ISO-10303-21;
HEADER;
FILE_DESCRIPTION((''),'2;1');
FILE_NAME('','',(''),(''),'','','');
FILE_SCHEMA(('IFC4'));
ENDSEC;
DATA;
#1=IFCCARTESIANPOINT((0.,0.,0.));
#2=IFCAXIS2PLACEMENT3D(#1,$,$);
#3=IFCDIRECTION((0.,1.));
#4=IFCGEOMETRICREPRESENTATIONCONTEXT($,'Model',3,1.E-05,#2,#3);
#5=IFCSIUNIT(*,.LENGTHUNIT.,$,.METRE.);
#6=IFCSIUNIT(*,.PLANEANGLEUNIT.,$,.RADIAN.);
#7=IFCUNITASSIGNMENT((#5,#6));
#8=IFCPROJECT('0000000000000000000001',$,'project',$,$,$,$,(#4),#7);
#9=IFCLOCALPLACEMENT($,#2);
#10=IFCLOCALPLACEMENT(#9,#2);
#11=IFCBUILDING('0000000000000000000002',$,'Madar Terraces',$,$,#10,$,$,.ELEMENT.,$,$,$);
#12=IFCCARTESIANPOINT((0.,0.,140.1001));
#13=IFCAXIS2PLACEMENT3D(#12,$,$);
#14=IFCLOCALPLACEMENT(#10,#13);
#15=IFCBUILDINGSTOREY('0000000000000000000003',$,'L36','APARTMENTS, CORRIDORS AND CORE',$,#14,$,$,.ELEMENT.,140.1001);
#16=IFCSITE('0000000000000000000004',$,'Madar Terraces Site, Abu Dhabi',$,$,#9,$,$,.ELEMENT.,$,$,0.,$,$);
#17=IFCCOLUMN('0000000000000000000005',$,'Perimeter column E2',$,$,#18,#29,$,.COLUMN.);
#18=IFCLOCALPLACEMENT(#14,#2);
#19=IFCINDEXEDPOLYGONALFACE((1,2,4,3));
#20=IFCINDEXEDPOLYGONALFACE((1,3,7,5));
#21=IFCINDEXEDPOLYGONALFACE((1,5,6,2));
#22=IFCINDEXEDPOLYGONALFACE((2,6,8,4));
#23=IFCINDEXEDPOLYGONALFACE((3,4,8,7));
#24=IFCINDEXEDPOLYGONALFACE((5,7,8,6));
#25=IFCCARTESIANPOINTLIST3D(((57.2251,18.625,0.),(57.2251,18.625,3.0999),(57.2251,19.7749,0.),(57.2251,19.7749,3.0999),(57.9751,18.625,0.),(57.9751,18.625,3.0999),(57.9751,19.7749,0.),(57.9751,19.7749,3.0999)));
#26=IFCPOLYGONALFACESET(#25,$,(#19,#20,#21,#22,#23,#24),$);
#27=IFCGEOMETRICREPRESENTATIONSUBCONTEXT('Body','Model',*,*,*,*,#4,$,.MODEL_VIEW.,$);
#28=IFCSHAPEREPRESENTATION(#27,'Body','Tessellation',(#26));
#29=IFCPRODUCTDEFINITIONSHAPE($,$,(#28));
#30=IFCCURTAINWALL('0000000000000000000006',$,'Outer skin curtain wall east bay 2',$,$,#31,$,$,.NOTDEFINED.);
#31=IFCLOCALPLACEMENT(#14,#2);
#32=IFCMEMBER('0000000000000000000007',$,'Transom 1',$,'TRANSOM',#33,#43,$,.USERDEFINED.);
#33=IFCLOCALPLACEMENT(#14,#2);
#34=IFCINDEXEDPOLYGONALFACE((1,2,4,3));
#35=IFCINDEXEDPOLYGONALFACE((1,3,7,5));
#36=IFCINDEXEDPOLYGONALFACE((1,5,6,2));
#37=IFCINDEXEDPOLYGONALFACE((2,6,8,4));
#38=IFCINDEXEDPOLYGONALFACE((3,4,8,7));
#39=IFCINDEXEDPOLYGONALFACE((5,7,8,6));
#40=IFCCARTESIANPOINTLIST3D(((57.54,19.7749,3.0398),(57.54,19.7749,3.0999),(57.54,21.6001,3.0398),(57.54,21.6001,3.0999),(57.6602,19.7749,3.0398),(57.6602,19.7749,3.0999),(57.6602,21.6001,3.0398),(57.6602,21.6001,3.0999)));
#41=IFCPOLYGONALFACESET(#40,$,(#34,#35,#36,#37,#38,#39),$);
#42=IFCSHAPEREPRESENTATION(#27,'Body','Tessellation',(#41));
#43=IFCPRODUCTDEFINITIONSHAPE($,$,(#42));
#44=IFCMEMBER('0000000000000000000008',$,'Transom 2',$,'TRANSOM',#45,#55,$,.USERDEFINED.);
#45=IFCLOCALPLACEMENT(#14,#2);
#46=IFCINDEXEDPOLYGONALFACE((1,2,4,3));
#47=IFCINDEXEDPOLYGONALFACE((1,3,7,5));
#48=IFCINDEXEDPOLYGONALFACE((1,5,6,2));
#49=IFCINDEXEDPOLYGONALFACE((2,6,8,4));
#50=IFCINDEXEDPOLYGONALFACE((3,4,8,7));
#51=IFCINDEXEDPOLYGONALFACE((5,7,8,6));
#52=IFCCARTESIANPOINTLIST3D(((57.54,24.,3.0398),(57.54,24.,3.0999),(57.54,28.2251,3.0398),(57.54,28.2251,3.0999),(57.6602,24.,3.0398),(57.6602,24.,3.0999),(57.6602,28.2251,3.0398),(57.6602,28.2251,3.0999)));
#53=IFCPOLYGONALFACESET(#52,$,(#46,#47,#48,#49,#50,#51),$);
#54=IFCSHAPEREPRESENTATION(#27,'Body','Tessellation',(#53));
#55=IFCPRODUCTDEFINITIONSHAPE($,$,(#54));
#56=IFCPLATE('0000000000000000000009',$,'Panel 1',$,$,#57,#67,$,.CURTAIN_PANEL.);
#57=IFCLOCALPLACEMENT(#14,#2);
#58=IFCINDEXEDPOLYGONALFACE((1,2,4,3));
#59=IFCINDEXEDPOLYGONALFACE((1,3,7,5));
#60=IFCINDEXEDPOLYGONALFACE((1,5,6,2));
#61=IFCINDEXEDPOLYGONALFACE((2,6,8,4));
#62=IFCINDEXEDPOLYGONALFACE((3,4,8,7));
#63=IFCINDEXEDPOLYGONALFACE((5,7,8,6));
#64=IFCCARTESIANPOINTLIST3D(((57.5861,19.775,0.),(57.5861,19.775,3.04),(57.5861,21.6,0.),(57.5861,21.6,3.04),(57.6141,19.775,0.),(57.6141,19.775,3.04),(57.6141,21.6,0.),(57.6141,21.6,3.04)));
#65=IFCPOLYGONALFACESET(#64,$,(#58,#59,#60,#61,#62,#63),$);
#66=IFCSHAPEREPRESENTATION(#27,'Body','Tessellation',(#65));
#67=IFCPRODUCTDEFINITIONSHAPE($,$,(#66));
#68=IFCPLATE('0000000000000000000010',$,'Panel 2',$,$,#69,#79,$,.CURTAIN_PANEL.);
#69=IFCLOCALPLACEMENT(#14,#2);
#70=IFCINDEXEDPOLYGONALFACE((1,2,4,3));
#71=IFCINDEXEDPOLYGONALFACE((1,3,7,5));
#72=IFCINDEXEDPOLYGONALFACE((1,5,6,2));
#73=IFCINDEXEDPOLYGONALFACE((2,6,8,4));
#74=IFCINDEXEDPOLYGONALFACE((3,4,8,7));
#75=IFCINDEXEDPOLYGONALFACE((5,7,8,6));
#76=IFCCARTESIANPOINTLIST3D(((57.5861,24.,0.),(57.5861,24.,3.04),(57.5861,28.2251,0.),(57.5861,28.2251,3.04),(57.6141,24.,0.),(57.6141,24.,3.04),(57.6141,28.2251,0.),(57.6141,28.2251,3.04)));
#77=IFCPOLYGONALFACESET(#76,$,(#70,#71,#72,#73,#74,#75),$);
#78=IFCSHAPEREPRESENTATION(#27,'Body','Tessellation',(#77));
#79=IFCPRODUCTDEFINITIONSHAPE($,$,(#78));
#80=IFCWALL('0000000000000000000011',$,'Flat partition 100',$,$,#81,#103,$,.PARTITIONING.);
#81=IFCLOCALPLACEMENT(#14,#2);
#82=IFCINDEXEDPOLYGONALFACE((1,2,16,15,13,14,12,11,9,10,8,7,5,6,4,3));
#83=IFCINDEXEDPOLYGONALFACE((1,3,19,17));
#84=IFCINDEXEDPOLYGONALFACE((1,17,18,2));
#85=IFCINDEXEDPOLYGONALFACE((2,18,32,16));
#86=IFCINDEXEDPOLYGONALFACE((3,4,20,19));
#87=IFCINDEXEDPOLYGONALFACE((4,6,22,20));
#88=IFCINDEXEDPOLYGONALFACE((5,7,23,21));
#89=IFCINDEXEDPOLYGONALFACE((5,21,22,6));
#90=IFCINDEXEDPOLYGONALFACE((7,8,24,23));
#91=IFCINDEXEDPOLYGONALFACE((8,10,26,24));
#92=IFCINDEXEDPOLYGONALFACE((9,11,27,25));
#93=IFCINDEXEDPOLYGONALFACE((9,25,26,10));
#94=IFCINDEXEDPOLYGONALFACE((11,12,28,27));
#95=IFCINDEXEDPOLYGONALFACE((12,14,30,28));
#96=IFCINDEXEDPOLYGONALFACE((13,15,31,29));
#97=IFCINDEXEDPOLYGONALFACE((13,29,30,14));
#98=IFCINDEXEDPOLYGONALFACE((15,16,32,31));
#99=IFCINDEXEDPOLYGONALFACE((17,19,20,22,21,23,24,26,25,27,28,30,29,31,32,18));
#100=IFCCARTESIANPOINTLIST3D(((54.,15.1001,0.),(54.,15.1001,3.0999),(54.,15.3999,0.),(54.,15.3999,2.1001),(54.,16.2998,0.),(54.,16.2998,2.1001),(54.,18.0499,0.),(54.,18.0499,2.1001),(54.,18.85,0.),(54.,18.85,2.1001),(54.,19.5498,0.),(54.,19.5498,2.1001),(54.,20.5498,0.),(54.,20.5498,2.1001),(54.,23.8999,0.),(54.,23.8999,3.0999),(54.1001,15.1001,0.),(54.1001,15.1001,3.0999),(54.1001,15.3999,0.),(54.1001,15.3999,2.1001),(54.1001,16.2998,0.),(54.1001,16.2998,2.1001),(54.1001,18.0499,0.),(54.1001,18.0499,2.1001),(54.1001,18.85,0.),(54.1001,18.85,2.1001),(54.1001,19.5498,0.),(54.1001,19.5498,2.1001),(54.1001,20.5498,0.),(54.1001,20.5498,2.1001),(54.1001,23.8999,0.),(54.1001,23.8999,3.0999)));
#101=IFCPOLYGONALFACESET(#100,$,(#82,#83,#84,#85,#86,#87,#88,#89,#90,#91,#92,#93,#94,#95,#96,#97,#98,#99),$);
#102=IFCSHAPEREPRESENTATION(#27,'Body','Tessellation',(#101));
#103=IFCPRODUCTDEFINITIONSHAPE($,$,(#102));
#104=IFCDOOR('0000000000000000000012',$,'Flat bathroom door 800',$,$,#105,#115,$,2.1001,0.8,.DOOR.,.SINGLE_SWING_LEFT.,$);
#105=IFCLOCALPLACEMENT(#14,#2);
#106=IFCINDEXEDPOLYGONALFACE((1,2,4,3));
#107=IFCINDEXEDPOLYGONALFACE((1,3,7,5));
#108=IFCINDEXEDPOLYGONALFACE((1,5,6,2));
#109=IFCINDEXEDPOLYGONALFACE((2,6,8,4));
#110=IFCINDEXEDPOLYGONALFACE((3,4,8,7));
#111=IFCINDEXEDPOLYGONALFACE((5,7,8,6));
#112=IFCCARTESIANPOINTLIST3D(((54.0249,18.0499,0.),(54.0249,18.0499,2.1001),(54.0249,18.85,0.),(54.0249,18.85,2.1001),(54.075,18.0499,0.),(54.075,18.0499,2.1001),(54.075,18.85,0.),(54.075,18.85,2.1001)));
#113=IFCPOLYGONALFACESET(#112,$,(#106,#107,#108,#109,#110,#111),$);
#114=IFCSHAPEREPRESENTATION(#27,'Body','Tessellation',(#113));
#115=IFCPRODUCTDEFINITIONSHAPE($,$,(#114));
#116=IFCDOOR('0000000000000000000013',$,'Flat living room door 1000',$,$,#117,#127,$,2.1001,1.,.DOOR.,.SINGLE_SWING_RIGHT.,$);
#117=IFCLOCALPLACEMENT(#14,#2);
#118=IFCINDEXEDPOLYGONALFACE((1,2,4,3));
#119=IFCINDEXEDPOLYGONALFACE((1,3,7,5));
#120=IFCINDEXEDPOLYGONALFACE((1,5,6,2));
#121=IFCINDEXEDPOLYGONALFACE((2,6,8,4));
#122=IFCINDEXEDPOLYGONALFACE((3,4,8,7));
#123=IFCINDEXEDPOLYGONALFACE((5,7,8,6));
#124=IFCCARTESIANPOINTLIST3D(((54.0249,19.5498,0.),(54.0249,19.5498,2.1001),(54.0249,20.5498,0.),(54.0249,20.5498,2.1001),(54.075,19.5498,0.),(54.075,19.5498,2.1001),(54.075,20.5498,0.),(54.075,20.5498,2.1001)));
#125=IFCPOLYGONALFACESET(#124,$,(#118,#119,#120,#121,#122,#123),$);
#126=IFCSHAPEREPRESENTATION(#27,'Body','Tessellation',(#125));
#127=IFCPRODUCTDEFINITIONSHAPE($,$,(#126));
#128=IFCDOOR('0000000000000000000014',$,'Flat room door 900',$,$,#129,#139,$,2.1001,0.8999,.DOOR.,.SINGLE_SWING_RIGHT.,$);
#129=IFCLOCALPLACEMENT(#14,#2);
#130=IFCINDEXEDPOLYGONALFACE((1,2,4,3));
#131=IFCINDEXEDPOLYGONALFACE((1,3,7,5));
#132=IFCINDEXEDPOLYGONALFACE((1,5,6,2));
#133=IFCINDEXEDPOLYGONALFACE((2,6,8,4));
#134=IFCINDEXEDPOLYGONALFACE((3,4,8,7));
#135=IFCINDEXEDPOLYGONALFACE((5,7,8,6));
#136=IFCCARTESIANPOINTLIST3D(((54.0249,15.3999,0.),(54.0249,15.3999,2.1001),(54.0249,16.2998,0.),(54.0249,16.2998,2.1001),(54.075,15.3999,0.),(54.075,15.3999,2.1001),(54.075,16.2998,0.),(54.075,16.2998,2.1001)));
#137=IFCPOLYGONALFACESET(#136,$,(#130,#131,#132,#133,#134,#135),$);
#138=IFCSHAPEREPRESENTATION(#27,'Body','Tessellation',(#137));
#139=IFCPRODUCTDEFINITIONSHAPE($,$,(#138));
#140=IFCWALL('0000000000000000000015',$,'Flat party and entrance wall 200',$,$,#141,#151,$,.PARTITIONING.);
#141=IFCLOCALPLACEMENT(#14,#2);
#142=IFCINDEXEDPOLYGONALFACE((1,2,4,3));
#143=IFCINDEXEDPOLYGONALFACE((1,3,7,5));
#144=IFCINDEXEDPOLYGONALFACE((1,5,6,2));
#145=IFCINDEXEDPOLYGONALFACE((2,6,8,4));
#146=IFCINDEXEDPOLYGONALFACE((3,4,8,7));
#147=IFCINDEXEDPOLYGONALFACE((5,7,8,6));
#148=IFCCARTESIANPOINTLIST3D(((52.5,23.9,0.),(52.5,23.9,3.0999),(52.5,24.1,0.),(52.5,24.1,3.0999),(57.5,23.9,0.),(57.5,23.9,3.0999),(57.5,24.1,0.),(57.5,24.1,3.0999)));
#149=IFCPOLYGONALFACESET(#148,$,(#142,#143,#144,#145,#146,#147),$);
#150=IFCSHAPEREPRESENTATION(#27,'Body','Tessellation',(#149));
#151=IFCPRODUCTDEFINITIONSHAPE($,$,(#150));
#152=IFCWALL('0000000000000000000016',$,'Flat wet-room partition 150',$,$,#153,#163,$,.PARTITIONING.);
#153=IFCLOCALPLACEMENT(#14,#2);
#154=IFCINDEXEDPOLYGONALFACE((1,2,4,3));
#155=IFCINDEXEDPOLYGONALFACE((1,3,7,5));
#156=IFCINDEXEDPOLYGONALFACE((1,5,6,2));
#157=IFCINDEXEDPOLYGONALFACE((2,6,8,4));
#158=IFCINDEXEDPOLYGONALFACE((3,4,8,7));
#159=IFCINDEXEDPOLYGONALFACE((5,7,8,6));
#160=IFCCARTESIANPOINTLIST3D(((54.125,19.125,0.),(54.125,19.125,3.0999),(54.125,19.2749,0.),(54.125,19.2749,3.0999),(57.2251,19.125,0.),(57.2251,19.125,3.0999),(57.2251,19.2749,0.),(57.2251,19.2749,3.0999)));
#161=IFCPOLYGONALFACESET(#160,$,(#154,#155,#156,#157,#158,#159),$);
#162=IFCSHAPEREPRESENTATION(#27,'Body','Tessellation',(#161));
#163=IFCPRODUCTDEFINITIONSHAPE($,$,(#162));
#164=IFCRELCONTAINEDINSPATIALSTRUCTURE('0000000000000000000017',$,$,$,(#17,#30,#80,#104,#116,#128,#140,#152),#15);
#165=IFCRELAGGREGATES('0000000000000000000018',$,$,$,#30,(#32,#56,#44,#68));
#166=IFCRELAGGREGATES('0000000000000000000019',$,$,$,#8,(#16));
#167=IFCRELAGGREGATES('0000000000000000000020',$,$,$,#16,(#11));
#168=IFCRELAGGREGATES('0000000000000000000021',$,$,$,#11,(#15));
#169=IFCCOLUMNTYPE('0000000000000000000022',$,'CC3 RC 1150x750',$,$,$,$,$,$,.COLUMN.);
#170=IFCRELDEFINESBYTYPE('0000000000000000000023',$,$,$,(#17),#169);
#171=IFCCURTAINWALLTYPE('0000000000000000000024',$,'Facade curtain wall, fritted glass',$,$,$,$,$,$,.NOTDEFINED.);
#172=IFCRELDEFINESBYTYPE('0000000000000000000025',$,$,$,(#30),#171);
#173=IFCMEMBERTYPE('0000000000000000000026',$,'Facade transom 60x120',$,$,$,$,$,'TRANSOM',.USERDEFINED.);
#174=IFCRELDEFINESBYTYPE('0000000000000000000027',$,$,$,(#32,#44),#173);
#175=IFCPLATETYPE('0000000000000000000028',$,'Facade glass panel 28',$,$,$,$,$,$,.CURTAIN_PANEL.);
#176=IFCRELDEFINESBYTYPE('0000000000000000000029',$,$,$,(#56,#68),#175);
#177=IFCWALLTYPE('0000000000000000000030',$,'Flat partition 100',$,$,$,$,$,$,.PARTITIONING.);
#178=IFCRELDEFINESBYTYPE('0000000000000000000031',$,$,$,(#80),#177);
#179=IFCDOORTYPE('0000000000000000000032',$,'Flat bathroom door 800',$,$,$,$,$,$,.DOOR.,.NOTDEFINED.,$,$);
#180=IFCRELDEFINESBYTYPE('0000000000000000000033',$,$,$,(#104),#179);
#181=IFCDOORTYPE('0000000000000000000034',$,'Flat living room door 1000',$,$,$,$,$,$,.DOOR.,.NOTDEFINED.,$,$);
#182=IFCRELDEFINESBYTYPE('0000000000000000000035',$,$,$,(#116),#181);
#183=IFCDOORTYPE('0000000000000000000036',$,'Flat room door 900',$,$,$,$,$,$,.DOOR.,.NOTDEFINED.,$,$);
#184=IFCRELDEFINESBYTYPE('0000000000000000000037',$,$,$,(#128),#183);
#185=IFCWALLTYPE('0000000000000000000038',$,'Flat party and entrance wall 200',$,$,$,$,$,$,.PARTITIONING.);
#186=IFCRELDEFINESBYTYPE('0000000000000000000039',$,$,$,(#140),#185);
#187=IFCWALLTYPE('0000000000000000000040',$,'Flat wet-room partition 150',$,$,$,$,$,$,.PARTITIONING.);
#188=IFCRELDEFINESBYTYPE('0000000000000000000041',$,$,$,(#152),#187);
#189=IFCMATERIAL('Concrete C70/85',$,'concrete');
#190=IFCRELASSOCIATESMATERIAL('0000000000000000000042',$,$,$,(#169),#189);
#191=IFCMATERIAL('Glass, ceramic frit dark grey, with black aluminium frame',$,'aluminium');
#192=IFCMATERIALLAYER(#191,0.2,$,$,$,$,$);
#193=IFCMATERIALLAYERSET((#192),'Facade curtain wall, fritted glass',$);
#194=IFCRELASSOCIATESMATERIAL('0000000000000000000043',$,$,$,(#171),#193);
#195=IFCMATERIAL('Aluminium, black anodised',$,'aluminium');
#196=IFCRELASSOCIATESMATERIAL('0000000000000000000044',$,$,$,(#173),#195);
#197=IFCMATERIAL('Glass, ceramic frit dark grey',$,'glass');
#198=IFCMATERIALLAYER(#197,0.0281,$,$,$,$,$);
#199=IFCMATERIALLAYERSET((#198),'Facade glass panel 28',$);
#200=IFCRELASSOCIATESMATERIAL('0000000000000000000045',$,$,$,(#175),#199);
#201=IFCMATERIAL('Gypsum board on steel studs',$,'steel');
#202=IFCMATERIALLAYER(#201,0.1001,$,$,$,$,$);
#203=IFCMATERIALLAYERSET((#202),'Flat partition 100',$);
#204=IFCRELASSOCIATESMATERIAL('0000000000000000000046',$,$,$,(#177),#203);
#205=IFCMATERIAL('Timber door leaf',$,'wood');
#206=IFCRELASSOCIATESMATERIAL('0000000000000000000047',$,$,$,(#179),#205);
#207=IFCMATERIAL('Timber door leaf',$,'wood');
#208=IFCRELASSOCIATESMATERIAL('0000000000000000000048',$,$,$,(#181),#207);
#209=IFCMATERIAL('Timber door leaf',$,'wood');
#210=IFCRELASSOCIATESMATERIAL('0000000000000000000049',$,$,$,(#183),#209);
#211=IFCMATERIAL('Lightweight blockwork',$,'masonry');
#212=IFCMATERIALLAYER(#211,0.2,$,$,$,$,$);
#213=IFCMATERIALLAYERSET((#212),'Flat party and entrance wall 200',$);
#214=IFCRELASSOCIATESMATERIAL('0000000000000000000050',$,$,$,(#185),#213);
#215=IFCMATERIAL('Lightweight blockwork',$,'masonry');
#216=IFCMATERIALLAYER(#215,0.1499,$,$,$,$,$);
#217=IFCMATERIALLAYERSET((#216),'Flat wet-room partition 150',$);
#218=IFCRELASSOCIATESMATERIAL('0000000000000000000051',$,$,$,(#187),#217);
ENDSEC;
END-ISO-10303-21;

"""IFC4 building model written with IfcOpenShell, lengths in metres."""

from ifc_helpers import new_model, si_unit, direction, frame, frame_2d, origin, origin_2d, place, context, subcontext, project, spatial, rectangle, extrude, material, layer, layer_set, material_profile, profile_set, type_object, element, fill, aggregate, save


model = new_model("IFC4")

# Units and contexts
model_context = context("Model", 3, precision=1e-05, world=origin(), true_north=direction((0.0, 1.0)))
body_context = subcontext(model_context, "Body", "Model", "MODEL_VIEW")
ifc_project = project(units=[si_unit("LENGTHUNIT", "METRE"), si_unit("PLANEANGLEUNIT", "RADIAN")], contexts=[model_context])

# Site, building, storey
site_placement = place(None, origin())
site = spatial("IfcSite", under=ifc_project, at=site_placement, Name="Madar Terraces Site, Abu Dhabi", CompositionType="ELEMENT", RefElevation=0.0)
building_placement = place(site_placement, origin())
building = spatial("IfcBuilding", under=site, at=building_placement, Name="Madar Terraces", CompositionType="ELEMENT")
storey_placement = place(building_placement, frame((0.0, 0.0, 140.1001)))
storey = spatial("IfcBuildingStorey", under=building, at=storey_placement, Name="L36", Description="APARTMENTS, CORRIDORS AND CORE", CompositionType="ELEMENT", Elevation=140.1001)

# Column
ifc_material_1 = material(Name="Concrete C70/85", Category="concrete")
ifc_material_profile_1 = material_profile(ifc_material_1, rectangle(XDim=1.1499, YDim=0.75, at=origin_2d()), Name="CC3 RC 1150x750")
ifc_profile_set_1 = profile_set([ifc_material_profile_1], Name="Concrete C70/85")
column_type = type_object("IfcColumnType", Name="CC3 RC 1150x750", PredefinedType="COLUMN", material=ifc_profile_set_1)
column_placement = place(storey_placement, frame((57.6001, 19.2, 0.0), z_axis=(0.0, 0.0, 1.0), x_axis=(0.0, 1.0, 0.0)))
element("IfcColumn", 1, at=column_placement, inside=storey, type_object=column_type, Name="Perimeter column E2", PredefinedType="COLUMN", context=body_context, shape_type="SweptSolid", body=[
    extrude(rectangle(XDim=1.1499, YDim=0.75, at=origin_2d()), origin(), (0.0, 0.0, 1.0), 3.0999),
])

# Curtain wall, members, plates
ifc_material_2 = material(Name="Glass, ceramic frit dark grey, with black aluminium frame", Category="aluminium")
ifc_layer_1 = layer(ifc_material_2, 0.2)
ifc_layer_set_1 = layer_set([ifc_layer_1], Name="Facade curtain wall, fritted glass")
curtain_wall_type = type_object("IfcCurtainWallType", Name="Facade curtain wall, fritted glass", PredefinedType="NOTDEFINED", material=ifc_layer_set_1)
curtain_wall_placement = place(storey_placement, origin())
curtain_wall = element("IfcCurtainWall", 2, at=curtain_wall_placement, inside=storey, type_object=curtain_wall_type, Name="Outer skin curtain wall east bay 2", PredefinedType="NOTDEFINED")
ifc_material_3 = material(Name="Aluminium, black anodised", Category="aluminium")
ifc_material_profile_2 = material_profile(ifc_material_3, rectangle(XDim=0.1201, YDim=0.0601, at=origin_2d()), Name="Facade transom 60x120")
ifc_profile_set_2 = profile_set([ifc_material_profile_2], Name="Aluminium, black anodised")
member_type = type_object("IfcMemberType", Name="Facade transom 60x120", ElementType="TRANSOM", PredefinedType="USERDEFINED", material=ifc_profile_set_2)
member_1_placement = place(storey_placement, frame((57.6001, 19.7749, 3.0698), z_axis=(0.0, 1.0, 0.0), x_axis=(-1.0, 0.0, 0.0)))
member_1 = element("IfcMember", 3, at=member_1_placement, type_object=member_type, Name="Transom 1", ObjectType="TRANSOM", PredefinedType="USERDEFINED", context=body_context, shape_type="SweptSolid", body=[
    extrude(rectangle(XDim=0.1201, YDim=0.0601, at=origin_2d()), origin(), (0.0, 0.0, 1.0), 1.8252),
])
member_2_placement = place(storey_placement, frame((57.6001, 24.0, 3.0698), z_axis=(0.0, 1.0, 0.0), x_axis=(-1.0, 0.0, 0.0)))
member_2 = element("IfcMember", 4, at=member_2_placement, type_object=member_type, Name="Transom 2", ObjectType="TRANSOM", PredefinedType="USERDEFINED", context=body_context, shape_type="SweptSolid", body=[
    extrude(rectangle(XDim=0.1201, YDim=0.0601, at=origin_2d()), origin(), (0.0, 0.0, 1.0), 4.2251),
])
ifc_material_4 = material(Name="Glass, ceramic frit dark grey", Category="glass")
ifc_layer_2 = layer(ifc_material_4, 0.0281)
ifc_layer_set_2 = layer_set([ifc_layer_2], Name="Facade glass panel 28")
plate_type = type_object("IfcPlateType", Name="Facade glass panel 28", PredefinedType="CURTAIN_PANEL", material=ifc_layer_set_2)
plate_1_placement = place(storey_placement, frame((57.6001, 20.6875, 0.0), z_axis=(0.0, 0.0, 1.0), x_axis=(0.0, 1.0, 0.0)))
plate_1 = element("IfcPlate", 5, at=plate_1_placement, type_object=plate_type, Name="Panel 1", PredefinedType="CURTAIN_PANEL", context=body_context, shape_type="SweptSolid", body=[
    extrude(rectangle(XDim=1.825, YDim=0.0281, at=origin_2d()), origin(), (0.0, 0.0, 1.0), 3.04),
])
plate_2_placement = place(storey_placement, frame((57.6001, 26.1125, 0.0), z_axis=(0.0, 0.0, 1.0), x_axis=(0.0, 1.0, 0.0)))
plate_2 = element("IfcPlate", 6, at=plate_2_placement, type_object=plate_type, Name="Panel 2", PredefinedType="CURTAIN_PANEL", context=body_context, shape_type="SweptSolid", body=[
    extrude(rectangle(XDim=4.2251, YDim=0.0281, at=origin_2d()), origin(), (0.0, 0.0, 1.0), 3.04),
])
aggregate(curtain_wall, [member_1, plate_1, member_2, plate_2])

# Wall, openings, doors
ifc_material_5 = material(Name="Gypsum board on steel studs", Category="steel")
ifc_layer_3 = layer(ifc_material_5, 0.1001)
ifc_layer_set_3 = layer_set([ifc_layer_3], Name="Flat partition 100")
wall_type_1 = type_object("IfcWallType", Name="Flat partition 100", PredefinedType="PARTITIONING", material=ifc_layer_set_3)
wall_1_placement = place(storey_placement, frame((54.05, 23.8999, 0.0), z_axis=(0.0, 0.0, 1.0), x_axis=(0.0, -1.0, 0.0)))
wall_1 = element("IfcWall", 7, at=wall_1_placement, inside=storey, type_object=wall_type_1, Name="Flat partition 100", PredefinedType="PARTITIONING", context=body_context, shape_type="SweptSolid", body=[
    extrude(rectangle(XDim=8.7998, YDim=0.1001, at=frame_2d((4.3999, 0.0))), origin(), (0.0, 0.0, 1.0), 3.0999),
])
opening_1_placement = place(wall_1_placement, frame((3.3501, 0.0, 0.0)))
opening_1 = element("IfcOpeningElement", 8, at=opening_1_placement, cuts=wall_1, PredefinedType="OPENING", context=body_context, shape_type="SweptSolid", body=[
    extrude(rectangle(XDim=1.0, YDim=2.1001, at=frame_2d((0.5, 1.05))), frame((0.0, 0.0601, 0.0), z_axis=(0.0, -1.0, 0.0), x_axis=(1.0, 0.0, 0.0)), (0.0, 0.0, 1.0), 0.1201),
])
opening_2_placement = place(wall_1_placement, frame((5.05, 0.0, 0.0)))
opening_2 = element("IfcOpeningElement", 9, at=opening_2_placement, cuts=wall_1, PredefinedType="OPENING", context=body_context, shape_type="SweptSolid", body=[
    extrude(rectangle(XDim=0.8, YDim=2.1001, at=frame_2d((0.3999, 1.05))), frame((0.0, 0.0601, 0.0), z_axis=(0.0, -1.0, 0.0), x_axis=(1.0, 0.0, 0.0)), (0.0, 0.0, 1.0), 0.1201),
])
opening_3_placement = place(wall_1_placement, frame((7.6001, 0.0, 0.0)))
opening_3 = element("IfcOpeningElement", 10, at=opening_3_placement, cuts=wall_1, PredefinedType="OPENING", context=body_context, shape_type="SweptSolid", body=[
    extrude(rectangle(XDim=0.8999, YDim=2.1001, at=frame_2d((0.45, 1.05))), frame((0.0, 0.0601, 0.0), z_axis=(0.0, -1.0, 0.0), x_axis=(1.0, 0.0, 0.0)), (0.0, 0.0, 1.0), 0.1201),
])
ifc_material_6 = material(Name="Timber door leaf", Category="wood")
door_type_1 = type_object("IfcDoorType", Name="Flat bathroom door 800", OperationType="NOTDEFINED", PredefinedType="DOOR", material=ifc_material_6)
door_1_placement = place(opening_2_placement, origin())
door_1 = element("IfcDoor", 11, at=door_1_placement, inside=storey, type_object=door_type_1, Name="Flat bathroom door 800", OperationType="SINGLE_SWING_LEFT", OverallHeight=2.1001, OverallWidth=0.8, PredefinedType="DOOR", context=body_context, shape_type="SweptSolid", body=[
    extrude(rectangle(XDim=0.8, YDim=2.1001, at=frame_2d((0.3999, 1.05))), frame((0.0, 0.0249, 0.0), z_axis=(0.0, -1.0, 0.0), x_axis=(1.0, 0.0, 0.0)), (0.0, 0.0, 1.0), 0.05),
])
fill(opening_2, door_1)
ifc_material_7 = material(Name="Timber door leaf", Category="wood")
door_type_2 = type_object("IfcDoorType", Name="Flat living room door 1000", OperationType="NOTDEFINED", PredefinedType="DOOR", material=ifc_material_7)
door_2_placement = place(opening_1_placement, origin())
door_2 = element("IfcDoor", 12, at=door_2_placement, inside=storey, type_object=door_type_2, Name="Flat living room door 1000", OperationType="SINGLE_SWING_RIGHT", OverallHeight=2.1001, OverallWidth=1.0, PredefinedType="DOOR", context=body_context, shape_type="SweptSolid", body=[
    extrude(rectangle(XDim=1.0, YDim=2.1001, at=frame_2d((0.5, 1.05))), frame((0.0, 0.0249, 0.0), z_axis=(0.0, -1.0, 0.0), x_axis=(1.0, 0.0, 0.0)), (0.0, 0.0, 1.0), 0.05),
])
fill(opening_1, door_2)
ifc_material_8 = material(Name="Timber door leaf", Category="wood")
door_type_3 = type_object("IfcDoorType", Name="Flat room door 900", OperationType="NOTDEFINED", PredefinedType="DOOR", material=ifc_material_8)
door_3_placement = place(opening_3_placement, origin())
door_3 = element("IfcDoor", 13, at=door_3_placement, inside=storey, type_object=door_type_3, Name="Flat room door 900", OperationType="SINGLE_SWING_RIGHT", OverallHeight=2.1001, OverallWidth=0.8999, PredefinedType="DOOR", context=body_context, shape_type="SweptSolid", body=[
    extrude(rectangle(XDim=0.8999, YDim=2.1001, at=frame_2d((0.45, 1.05))), frame((0.0, 0.0249, 0.0), z_axis=(0.0, -1.0, 0.0), x_axis=(1.0, 0.0, 0.0)), (0.0, 0.0, 1.0), 0.05),
])
fill(opening_3, door_3)

# Walls
ifc_material_9 = material(Name="Lightweight blockwork", Category="masonry")
ifc_layer_4 = layer(ifc_material_9, 0.2)
ifc_layer_set_4 = layer_set([ifc_layer_4], Name="Flat party and entrance wall 200")
wall_type_2 = type_object("IfcWallType", Name="Flat party and entrance wall 200", PredefinedType="PARTITIONING", material=ifc_layer_set_4)
wall_2_placement = place(storey_placement, frame((52.5, 24.0, 0.0), z_axis=(0.0, 0.0, 1.0), x_axis=(1.0, 0.0, 0.0)))
element("IfcWall", 14, at=wall_2_placement, inside=storey, type_object=wall_type_2, Name="Flat party and entrance wall 200", PredefinedType="PARTITIONING", context=body_context, shape_type="SweptSolid", body=[
    extrude(rectangle(XDim=5.0, YDim=0.2, at=frame_2d((2.5, 0.0))), origin(), (0.0, 0.0, 1.0), 3.0999),
])
ifc_material_10 = material(Name="Lightweight blockwork", Category="masonry")
ifc_layer_5 = layer(ifc_material_10, 0.1499)
ifc_layer_set_5 = layer_set([ifc_layer_5], Name="Flat wet-room partition 150")
wall_type_3 = type_object("IfcWallType", Name="Flat wet-room partition 150", PredefinedType="PARTITIONING", material=ifc_layer_set_5)
wall_3_placement = place(storey_placement, frame((54.125, 19.2, 0.0), z_axis=(0.0, 0.0, 1.0), x_axis=(1.0, 0.0, 0.0)))
element("IfcWall", 15, at=wall_3_placement, inside=storey, type_object=wall_type_3, Name="Flat wet-room partition 150", PredefinedType="PARTITIONING", context=body_context, shape_type="SweptSolid", body=[
    extrude(rectangle(XDim=3.1001, YDim=0.1499, at=frame_2d((1.55, 0.0))), origin(), (0.0, 0.0, 1.0), 3.0999),
])

save(model, "model.ifc")
